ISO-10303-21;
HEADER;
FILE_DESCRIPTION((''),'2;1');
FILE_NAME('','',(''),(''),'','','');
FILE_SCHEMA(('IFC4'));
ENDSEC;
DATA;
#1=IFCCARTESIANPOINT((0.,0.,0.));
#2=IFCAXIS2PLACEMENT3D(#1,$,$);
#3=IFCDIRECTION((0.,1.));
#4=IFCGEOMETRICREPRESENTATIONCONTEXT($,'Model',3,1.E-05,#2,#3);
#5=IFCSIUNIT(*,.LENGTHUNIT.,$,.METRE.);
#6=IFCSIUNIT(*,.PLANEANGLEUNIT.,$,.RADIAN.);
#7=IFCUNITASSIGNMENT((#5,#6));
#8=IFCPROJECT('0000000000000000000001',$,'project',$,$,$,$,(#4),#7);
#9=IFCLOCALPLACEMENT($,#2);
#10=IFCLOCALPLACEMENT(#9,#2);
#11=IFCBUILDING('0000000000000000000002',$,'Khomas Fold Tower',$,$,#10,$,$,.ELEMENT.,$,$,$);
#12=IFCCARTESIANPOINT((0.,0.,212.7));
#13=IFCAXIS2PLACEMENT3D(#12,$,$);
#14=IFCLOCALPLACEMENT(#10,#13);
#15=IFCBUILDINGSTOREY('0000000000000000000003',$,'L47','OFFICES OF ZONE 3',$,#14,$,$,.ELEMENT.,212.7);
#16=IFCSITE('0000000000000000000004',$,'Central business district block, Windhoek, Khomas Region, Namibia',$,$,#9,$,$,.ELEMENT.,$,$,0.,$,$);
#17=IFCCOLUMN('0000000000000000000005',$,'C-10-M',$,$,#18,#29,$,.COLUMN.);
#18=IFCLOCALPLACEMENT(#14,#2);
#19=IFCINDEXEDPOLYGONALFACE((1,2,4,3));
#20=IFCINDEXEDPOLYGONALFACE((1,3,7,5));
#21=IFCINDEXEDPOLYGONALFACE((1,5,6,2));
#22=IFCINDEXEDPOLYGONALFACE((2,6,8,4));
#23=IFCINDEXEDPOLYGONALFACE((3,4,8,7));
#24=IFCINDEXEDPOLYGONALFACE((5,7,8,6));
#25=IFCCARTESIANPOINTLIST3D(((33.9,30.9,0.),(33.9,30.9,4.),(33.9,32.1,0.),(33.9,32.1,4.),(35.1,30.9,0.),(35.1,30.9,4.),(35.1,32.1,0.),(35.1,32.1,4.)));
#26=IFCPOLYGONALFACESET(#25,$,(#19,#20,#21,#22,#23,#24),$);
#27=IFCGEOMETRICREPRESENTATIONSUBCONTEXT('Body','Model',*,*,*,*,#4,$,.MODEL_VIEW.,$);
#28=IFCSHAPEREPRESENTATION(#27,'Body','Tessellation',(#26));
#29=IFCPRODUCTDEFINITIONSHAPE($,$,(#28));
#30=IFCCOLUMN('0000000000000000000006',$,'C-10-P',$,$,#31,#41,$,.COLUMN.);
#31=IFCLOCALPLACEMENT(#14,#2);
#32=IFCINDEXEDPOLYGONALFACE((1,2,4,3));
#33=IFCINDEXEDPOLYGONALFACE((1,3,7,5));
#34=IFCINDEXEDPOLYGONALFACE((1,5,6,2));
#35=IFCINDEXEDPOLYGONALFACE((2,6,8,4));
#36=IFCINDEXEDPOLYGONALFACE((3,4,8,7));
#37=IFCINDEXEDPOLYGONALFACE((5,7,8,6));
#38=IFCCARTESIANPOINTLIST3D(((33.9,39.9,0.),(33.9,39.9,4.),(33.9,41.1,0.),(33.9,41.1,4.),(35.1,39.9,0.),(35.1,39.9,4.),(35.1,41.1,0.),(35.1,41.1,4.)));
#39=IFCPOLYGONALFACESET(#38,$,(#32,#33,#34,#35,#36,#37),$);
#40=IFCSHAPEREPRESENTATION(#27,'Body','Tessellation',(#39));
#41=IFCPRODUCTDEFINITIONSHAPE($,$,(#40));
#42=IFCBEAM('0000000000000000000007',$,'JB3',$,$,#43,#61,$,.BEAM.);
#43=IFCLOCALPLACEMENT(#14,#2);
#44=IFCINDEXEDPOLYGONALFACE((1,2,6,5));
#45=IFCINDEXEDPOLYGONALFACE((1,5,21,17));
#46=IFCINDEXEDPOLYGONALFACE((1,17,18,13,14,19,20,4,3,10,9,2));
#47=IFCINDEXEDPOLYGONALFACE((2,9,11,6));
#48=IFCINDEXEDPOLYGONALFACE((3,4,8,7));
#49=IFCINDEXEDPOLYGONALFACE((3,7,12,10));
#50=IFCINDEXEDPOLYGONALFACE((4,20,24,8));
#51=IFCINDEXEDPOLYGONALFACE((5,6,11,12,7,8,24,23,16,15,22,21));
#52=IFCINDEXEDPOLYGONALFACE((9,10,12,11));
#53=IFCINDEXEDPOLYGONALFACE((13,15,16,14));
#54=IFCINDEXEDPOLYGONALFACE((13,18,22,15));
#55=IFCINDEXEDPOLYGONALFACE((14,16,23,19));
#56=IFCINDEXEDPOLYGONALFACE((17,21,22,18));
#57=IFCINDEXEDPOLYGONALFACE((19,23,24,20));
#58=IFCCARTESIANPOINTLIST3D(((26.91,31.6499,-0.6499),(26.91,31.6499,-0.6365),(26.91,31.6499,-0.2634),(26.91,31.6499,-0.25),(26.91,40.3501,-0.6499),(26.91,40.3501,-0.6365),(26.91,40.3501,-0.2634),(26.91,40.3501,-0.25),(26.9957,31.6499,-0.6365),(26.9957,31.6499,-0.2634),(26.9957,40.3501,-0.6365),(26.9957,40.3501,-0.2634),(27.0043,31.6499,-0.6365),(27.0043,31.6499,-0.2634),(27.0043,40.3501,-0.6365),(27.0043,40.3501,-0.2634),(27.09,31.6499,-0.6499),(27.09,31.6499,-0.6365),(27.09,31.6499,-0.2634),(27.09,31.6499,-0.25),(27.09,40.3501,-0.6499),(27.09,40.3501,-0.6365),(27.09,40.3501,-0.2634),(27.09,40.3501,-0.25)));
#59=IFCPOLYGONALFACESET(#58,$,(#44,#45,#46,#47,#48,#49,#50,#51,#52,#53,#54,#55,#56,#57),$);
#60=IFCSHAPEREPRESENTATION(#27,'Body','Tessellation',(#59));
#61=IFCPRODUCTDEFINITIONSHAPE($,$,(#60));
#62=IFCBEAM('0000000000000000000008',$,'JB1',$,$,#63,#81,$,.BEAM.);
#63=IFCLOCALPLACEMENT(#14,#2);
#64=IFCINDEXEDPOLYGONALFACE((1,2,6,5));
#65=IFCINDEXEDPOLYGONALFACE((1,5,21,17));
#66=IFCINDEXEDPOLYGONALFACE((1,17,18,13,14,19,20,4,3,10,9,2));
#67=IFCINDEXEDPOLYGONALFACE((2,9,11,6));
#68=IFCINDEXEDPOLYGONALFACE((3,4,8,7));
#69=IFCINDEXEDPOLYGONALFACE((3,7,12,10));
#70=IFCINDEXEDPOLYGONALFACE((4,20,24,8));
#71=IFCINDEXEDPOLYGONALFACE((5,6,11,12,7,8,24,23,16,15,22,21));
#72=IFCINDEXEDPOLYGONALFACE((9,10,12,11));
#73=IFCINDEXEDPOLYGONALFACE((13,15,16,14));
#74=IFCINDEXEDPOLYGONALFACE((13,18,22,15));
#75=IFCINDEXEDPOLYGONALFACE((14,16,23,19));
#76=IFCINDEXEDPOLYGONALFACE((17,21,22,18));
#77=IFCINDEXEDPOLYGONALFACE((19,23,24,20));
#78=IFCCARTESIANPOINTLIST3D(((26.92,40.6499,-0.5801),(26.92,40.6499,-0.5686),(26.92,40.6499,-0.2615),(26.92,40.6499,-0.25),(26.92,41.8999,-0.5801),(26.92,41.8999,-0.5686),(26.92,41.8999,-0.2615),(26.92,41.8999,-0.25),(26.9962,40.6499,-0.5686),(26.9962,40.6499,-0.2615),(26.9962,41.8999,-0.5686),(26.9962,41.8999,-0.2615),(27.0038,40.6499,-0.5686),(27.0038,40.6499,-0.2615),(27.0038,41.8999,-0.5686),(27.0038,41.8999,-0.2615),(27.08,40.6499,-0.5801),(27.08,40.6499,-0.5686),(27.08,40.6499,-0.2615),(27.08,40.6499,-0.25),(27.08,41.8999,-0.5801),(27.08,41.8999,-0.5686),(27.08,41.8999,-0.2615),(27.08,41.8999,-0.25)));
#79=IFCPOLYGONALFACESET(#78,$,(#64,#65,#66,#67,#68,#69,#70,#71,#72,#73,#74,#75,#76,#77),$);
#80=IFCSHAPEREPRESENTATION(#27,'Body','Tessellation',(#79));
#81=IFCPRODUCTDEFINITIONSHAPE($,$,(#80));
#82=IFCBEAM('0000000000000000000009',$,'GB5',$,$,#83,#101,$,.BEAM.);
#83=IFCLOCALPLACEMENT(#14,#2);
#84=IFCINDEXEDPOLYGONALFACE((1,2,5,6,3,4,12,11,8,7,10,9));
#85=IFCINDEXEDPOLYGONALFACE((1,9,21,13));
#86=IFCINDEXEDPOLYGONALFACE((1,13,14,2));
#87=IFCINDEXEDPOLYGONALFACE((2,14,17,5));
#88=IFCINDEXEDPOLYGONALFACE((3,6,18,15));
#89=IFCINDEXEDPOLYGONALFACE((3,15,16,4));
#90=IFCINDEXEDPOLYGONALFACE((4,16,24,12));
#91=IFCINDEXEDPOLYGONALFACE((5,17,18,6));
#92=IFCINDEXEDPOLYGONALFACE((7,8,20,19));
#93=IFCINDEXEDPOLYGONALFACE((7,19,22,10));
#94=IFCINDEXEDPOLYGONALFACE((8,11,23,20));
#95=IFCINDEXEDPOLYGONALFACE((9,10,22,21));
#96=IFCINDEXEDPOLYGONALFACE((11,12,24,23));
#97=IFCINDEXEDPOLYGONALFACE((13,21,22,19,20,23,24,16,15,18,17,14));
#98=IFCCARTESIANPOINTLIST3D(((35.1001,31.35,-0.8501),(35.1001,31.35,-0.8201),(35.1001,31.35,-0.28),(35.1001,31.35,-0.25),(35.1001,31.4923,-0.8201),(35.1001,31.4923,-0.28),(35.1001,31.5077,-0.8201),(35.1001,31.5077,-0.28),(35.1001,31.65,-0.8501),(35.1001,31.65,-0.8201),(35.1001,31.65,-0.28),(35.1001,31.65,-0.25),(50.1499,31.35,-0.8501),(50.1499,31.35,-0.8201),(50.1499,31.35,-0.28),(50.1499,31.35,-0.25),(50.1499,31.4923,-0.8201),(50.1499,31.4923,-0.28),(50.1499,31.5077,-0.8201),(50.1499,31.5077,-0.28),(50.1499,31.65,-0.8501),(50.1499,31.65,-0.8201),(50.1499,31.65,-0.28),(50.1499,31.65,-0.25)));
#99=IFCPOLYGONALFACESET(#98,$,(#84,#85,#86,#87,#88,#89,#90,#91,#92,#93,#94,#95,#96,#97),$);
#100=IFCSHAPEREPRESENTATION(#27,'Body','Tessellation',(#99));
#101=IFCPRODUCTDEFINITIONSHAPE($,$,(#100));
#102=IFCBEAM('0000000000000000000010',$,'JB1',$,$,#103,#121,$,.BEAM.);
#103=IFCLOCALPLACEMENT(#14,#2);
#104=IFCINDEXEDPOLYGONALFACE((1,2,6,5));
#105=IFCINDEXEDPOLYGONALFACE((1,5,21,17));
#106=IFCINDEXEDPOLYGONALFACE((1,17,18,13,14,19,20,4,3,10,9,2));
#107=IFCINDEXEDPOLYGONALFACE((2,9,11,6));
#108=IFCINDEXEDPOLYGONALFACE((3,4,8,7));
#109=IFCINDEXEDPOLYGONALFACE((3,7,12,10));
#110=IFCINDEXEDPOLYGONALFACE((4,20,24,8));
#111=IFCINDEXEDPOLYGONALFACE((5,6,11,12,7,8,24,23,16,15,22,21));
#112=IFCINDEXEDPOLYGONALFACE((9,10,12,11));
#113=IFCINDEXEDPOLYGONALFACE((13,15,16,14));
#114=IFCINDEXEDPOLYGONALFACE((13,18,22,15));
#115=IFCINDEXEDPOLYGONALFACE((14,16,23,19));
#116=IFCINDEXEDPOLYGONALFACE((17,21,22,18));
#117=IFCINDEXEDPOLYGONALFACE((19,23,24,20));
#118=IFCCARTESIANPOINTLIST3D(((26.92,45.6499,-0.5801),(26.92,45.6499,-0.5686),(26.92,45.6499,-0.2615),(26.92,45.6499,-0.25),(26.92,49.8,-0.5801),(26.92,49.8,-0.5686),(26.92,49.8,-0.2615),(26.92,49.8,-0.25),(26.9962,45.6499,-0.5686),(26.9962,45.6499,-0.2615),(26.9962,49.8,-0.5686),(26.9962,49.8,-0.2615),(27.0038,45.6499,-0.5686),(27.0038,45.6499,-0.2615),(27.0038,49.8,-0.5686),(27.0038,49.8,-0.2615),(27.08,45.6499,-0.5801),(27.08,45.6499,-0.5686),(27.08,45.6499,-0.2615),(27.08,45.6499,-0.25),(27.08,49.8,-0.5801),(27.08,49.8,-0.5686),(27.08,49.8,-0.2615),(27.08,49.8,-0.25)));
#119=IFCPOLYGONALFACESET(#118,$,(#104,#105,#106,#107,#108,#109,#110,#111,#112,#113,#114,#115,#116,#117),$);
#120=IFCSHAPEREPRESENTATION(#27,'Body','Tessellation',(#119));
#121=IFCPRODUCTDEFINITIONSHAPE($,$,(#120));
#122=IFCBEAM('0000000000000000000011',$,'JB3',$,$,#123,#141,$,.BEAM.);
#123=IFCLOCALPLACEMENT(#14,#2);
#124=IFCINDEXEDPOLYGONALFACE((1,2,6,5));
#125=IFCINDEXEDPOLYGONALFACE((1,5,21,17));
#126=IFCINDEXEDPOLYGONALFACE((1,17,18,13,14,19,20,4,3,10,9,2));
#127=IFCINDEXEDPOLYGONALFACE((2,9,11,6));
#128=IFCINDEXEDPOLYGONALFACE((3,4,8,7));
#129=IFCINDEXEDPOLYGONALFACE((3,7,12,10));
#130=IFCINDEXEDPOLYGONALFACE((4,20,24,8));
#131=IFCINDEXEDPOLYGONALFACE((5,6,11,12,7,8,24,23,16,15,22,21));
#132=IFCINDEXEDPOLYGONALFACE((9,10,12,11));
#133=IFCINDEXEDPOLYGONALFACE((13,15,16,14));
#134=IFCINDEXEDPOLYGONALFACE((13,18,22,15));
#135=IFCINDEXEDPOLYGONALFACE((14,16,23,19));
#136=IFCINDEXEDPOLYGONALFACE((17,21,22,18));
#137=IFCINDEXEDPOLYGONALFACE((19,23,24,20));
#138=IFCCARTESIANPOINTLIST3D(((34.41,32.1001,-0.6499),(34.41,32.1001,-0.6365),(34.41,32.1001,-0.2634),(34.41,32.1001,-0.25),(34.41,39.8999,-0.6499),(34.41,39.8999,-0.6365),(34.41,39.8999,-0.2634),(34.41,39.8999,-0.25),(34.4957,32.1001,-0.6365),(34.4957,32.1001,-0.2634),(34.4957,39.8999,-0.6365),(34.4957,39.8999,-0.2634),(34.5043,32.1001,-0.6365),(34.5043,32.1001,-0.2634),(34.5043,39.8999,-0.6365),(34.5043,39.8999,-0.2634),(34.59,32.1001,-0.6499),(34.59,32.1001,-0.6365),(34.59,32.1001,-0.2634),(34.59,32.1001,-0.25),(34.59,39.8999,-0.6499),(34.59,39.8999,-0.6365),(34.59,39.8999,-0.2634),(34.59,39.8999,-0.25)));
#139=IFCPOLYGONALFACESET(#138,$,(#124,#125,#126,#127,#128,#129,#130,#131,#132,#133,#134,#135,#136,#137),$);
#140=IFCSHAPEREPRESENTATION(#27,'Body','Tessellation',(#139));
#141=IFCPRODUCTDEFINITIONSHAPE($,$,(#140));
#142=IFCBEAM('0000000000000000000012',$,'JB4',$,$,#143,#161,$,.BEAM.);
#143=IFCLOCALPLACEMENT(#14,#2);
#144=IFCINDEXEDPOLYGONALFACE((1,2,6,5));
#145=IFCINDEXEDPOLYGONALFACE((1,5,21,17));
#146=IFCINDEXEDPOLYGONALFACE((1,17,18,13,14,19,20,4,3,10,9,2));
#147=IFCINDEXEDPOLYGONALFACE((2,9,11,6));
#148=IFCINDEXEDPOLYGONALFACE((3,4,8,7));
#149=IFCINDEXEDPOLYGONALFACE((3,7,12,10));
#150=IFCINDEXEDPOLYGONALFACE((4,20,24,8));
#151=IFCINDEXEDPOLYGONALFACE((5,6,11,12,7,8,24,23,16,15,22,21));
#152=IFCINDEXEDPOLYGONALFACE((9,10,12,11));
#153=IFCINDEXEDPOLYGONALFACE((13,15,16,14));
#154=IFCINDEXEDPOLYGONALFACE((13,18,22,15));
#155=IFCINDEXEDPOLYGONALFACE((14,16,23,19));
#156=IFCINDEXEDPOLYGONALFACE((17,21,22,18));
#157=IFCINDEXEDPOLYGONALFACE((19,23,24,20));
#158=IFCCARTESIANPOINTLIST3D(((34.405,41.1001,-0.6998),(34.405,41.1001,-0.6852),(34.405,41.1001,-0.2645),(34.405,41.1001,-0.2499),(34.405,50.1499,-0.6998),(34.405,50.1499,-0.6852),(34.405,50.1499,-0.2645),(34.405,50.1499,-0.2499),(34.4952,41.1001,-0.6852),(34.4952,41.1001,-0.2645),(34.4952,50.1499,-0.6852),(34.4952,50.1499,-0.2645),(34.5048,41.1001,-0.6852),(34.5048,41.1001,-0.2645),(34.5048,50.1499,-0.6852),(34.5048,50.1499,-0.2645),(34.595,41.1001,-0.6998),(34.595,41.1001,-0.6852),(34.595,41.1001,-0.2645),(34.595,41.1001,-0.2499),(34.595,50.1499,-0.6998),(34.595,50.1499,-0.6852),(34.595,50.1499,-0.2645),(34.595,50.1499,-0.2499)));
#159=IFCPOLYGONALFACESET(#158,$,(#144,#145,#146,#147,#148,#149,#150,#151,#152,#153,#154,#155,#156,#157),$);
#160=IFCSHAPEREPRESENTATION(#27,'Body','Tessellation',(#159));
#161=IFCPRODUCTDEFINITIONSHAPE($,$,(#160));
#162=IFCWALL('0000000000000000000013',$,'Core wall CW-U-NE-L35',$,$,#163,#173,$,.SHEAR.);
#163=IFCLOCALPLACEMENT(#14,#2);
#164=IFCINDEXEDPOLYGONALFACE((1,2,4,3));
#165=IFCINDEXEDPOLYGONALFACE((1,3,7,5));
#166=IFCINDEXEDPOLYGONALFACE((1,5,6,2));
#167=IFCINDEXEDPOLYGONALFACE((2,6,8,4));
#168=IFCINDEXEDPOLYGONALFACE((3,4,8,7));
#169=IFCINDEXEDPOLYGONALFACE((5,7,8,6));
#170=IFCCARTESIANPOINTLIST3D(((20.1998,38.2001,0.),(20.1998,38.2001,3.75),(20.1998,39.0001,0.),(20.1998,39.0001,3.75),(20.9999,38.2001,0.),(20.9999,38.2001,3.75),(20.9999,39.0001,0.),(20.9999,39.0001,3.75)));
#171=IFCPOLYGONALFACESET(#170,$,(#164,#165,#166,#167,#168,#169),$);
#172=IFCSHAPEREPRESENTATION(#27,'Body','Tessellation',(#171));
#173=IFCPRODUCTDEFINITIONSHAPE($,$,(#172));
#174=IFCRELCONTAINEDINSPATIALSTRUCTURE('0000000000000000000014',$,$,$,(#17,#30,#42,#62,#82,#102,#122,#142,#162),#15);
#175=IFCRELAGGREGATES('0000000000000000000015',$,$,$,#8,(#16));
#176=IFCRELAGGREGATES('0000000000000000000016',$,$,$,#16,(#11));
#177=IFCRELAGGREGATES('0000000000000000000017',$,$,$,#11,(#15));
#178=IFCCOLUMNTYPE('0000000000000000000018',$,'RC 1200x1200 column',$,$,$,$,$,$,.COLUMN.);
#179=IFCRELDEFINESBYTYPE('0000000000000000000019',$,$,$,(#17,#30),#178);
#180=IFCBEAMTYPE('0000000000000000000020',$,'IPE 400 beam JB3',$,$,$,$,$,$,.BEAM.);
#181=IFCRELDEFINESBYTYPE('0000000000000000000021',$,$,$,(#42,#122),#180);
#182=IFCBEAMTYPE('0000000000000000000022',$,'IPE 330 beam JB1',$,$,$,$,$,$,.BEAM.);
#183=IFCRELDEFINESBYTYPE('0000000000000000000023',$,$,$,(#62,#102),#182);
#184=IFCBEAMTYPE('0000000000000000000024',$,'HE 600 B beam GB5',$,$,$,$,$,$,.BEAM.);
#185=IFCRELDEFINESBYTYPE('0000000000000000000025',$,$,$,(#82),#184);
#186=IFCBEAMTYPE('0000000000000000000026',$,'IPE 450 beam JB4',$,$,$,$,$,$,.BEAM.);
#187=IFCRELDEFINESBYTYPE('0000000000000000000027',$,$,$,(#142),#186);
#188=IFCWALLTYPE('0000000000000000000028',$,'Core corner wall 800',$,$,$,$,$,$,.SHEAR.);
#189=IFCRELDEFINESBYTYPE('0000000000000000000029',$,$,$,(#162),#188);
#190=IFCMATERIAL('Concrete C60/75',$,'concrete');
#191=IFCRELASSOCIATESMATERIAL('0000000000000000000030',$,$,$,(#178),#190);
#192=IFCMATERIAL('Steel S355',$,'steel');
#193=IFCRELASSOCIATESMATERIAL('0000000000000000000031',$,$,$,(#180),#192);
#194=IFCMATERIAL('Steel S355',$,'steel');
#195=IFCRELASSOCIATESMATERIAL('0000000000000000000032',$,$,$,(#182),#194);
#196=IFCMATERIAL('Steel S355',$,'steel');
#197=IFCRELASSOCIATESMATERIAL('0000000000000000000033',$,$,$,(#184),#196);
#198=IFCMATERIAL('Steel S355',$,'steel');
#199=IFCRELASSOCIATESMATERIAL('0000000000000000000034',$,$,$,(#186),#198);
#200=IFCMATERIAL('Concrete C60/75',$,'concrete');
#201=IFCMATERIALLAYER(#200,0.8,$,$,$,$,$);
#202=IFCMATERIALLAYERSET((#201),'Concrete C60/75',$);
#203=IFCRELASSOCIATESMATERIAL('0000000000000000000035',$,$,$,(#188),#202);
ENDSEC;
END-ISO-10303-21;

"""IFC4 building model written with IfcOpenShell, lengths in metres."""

from ifc_helpers import new_model, si_unit, direction, frame, frame_2d, origin, origin_2d, place, context, subcontext, project, spatial, rectangle, i_section, extrude, source, transform, mapped, material, layer, layer_set, material_profile, profile_set, type_object, element, save


model = new_model("IFC4")

# Units and contexts
model_context = context("Model", 3, precision=1e-05, world=origin(), true_north=direction((0.0, 1.0)))
body_context = subcontext(model_context, "Body", "Model", "MODEL_VIEW")
ifc_project = project(units=[si_unit("LENGTHUNIT", "METRE"), si_unit("PLANEANGLEUNIT", "RADIAN")], contexts=[model_context])

# Site, building, storey
site_placement = place(None, origin())
site = spatial("IfcSite", under=ifc_project, at=site_placement, Name="Central business district block, Windhoek, Khomas Region, Namibia", CompositionType="ELEMENT", RefElevation=0.0)
building_placement = place(site_placement, origin())
building = spatial("IfcBuilding", under=site, at=building_placement, Name="Khomas Fold Tower", CompositionType="ELEMENT")
storey_placement = place(building_placement, frame((0.0, 0.0, 212.7)))
storey = spatial("IfcBuildingStorey", under=building, at=storey_placement, Name="L47", Description="OFFICES OF ZONE 3", CompositionType="ELEMENT", Elevation=212.7)

# Columns
ifc_material_1 = material(Name="Concrete C60/75", Category="concrete")
ifc_material_profile_1 = material_profile(ifc_material_1, rectangle(XDim=1.2, YDim=1.2, at=origin_2d()), Name="RC 1200x1200")
ifc_profile_set_1 = profile_set([ifc_material_profile_1], Name="Concrete C60/75")
column_type = type_object("IfcColumnType", Name="RC 1200x1200 column", PredefinedType="COLUMN", material=ifc_profile_set_1)
shared_shape_1 = source(origin(), body_context, "Body", "SweptSolid", [
    extrude(rectangle(XDim=1.2, YDim=1.2, at=origin_2d()), origin(), (0.0, 0.0, 1.0), 4.0),
])
for number, where, z_axis, x_axis, name in (
    (1, (34.5, 31.5, 0.0), (0.0, 0.0, 1.0), (1.0, 0.0, 0.0), "C-10-M"),
    (2, (34.5, 40.5, 0.0), (0.0, 0.0, 1.0), (1.0, 0.0, 0.0), "C-10-P"),
):
    element("IfcColumn", number, at=place(storey_placement, frame(where, z_axis=z_axis, x_axis=x_axis)), inside=storey, type_object=column_type, Name=name, PredefinedType="COLUMN", context=body_context, shape_type="MappedRepresentation", body=[
        mapped(shared_shape_1, transform((0.0, 0.0, 0.0))),
    ])

# Beams
ifc_material_2 = material(Name="Steel S355", Category="steel")
ifc_material_profile_2 = material_profile(ifc_material_2, i_section(OverallWidth=0.1799, OverallDepth=0.3999, WebThickness=0.0085, FlangeThickness=0.0134, at=origin_2d()), Name="IPE 400")
ifc_profile_set_2 = profile_set([ifc_material_profile_2], Name="Steel S355")
beam_type_1 = type_object("IfcBeamType", Name="IPE 400 beam JB3", PredefinedType="BEAM", material=ifc_profile_set_2)
shared_shape_2 = source(origin(), body_context, "Body", "SweptSolid", [
    extrude(i_section(OverallWidth=0.1799, OverallDepth=0.3999, WebThickness=0.0085, FlangeThickness=0.0134, at=origin_2d()), origin(), (0.0, 0.0, 1.0), 8.7002),
])
beam_1_placement = place(storey_placement, frame((27.0, 31.6499, -0.45), z_axis=(0.0, 1.0, 0.0), x_axis=(-1.0, 0.0, 0.0)))
element("IfcBeam", 3, at=beam_1_placement, inside=storey, type_object=beam_type_1, Name="JB3", PredefinedType="BEAM", context=body_context, shape_type="MappedRepresentation", body=[
    mapped(shared_shape_2, transform((0.0, 0.0, 0.0))),
])
ifc_material_3 = material(Name="Steel S355", Category="steel")
ifc_material_profile_3 = material_profile(ifc_material_3, i_section(OverallWidth=0.1599, OverallDepth=0.3301, WebThickness=0.0076, FlangeThickness=0.0115, at=origin_2d()), Name="IPE 330")
ifc_profile_set_3 = profile_set([ifc_material_profile_3], Name="Steel S355")
beam_type_2 = type_object("IfcBeamType", Name="IPE 330 beam JB1", PredefinedType="BEAM", material=ifc_profile_set_3)
shared_shape_3 = source(origin(), body_context, "Body", "SweptSolid", [
    extrude(i_section(OverallWidth=0.1599, OverallDepth=0.3301, WebThickness=0.0076, FlangeThickness=0.0115, at=origin_2d()), origin(), (0.0, 0.0, 1.0), 1.25),
])
beam_2_placement = place(storey_placement, frame((27.0, 40.6499, -0.415), z_axis=(0.0, 1.0, 0.0), x_axis=(-1.0, 0.0, 0.0)))
element("IfcBeam", 4, at=beam_2_placement, inside=storey, type_object=beam_type_2, Name="JB1", PredefinedType="BEAM", context=body_context, shape_type="MappedRepresentation", body=[
    mapped(shared_shape_3, transform((0.0, 0.0, 0.0))),
])
ifc_material_4 = material(Name="Steel S355", Category="steel")
ifc_material_profile_4 = material_profile(ifc_material_4, i_section(OverallWidth=0.3, OverallDepth=0.6001, WebThickness=0.0154, FlangeThickness=0.03, at=origin_2d()), Name="HE 600 B")
ifc_profile_set_4 = profile_set([ifc_material_profile_4], Name="Steel S355")
beam_type_3 = type_object("IfcBeamType", Name="HE 600 B beam GB5", PredefinedType="BEAM", material=ifc_profile_set_4)
shared_shape_4 = source(origin(), body_context, "Body", "SweptSolid", [
    extrude(i_section(OverallWidth=0.3, OverallDepth=0.6001, WebThickness=0.0154, FlangeThickness=0.03, at=origin_2d()), origin(), (0.0, 0.0, 1.0), 15.0498),
])
beam_3_placement = place(storey_placement, frame((35.1001, 31.5, -0.55), z_axis=(1.0, 0.0, 0.0), x_axis=(0.0, 1.0, 0.0)))
element("IfcBeam", 5, at=beam_3_placement, inside=storey, type_object=beam_type_3, Name="GB5", PredefinedType="BEAM", context=body_context, shape_type="MappedRepresentation", body=[
    mapped(shared_shape_4, transform((0.0, 0.0, 0.0))),
])
shared_shape_5 = source(origin(), body_context, "Body", "SweptSolid", [
    extrude(i_section(OverallWidth=0.1599, OverallDepth=0.3301, WebThickness=0.0076, FlangeThickness=0.0115, at=origin_2d()), origin(), (0.0, 0.0, 1.0), 4.1501),
])
beam_4_placement = place(storey_placement, frame((27.0, 45.6499, -0.415), z_axis=(0.0, 1.0, 0.0), x_axis=(-1.0, 0.0, 0.0)))
element("IfcBeam", 6, at=beam_4_placement, inside=storey, type_object=beam_type_2, Name="JB1", PredefinedType="BEAM", context=body_context, shape_type="MappedRepresentation", body=[
    mapped(shared_shape_5, transform((0.0, 0.0, 0.0))),
])
shared_shape_6 = source(origin(), body_context, "Body", "SweptSolid", [
    extrude(i_section(OverallWidth=0.1799, OverallDepth=0.3999, WebThickness=0.0085, FlangeThickness=0.0134, at=origin_2d()), origin(), (0.0, 0.0, 1.0), 7.7998),
])
beam_5_placement = place(storey_placement, frame((34.5, 32.1001, -0.45), z_axis=(0.0, 1.0, 0.0), x_axis=(-1.0, 0.0, 0.0)))
element("IfcBeam", 7, at=beam_5_placement, inside=storey, type_object=beam_type_1, Name="JB3", PredefinedType="BEAM", context=body_context, shape_type="MappedRepresentation", body=[
    mapped(shared_shape_6, transform((0.0, 0.0, 0.0))),
])
ifc_material_5 = material(Name="Steel S355", Category="steel")
ifc_material_profile_5 = material_profile(ifc_material_5, i_section(OverallWidth=0.1899, OverallDepth=0.45, WebThickness=0.0095, FlangeThickness=0.0146, at=origin_2d()), Name="IPE 450")
ifc_profile_set_5 = profile_set([ifc_material_profile_5], Name="Steel S355")
beam_type_4 = type_object("IfcBeamType", Name="IPE 450 beam JB4", PredefinedType="BEAM", material=ifc_profile_set_5)
shared_shape_7 = source(origin(), body_context, "Body", "SweptSolid", [
    extrude(i_section(OverallWidth=0.1899, OverallDepth=0.45, WebThickness=0.0095, FlangeThickness=0.0146, at=origin_2d()), origin(), (0.0, 0.0, 1.0), 9.0498),
])
beam_6_placement = place(storey_placement, frame((34.5, 41.1001, -0.4749), z_axis=(0.0, 1.0, 0.0), x_axis=(-1.0, 0.0, 0.0)))
element("IfcBeam", 8, at=beam_6_placement, inside=storey, type_object=beam_type_4, Name="JB4", PredefinedType="BEAM", context=body_context, shape_type="MappedRepresentation", body=[
    mapped(shared_shape_7, transform((0.0, 0.0, 0.0))),
])

# Wall
ifc_material_6 = material(Name="Concrete C60/75", Category="concrete")
ifc_layer_1 = layer(ifc_material_6, 0.8)
ifc_layer_set_1 = layer_set([ifc_layer_1], Name="Concrete C60/75")
wall_type_1 = type_object("IfcWallType", Name="Core corner wall 800", PredefinedType="SHEAR", material=ifc_layer_set_1)
shared_shape_8 = source(origin(), body_context, "Body", "SweptSolid", [
    extrude(rectangle(XDim=0.8, YDim=0.8, at=frame_2d((0.3999, 0.0))), origin(), (0.0, 0.0, 1.0), 3.75),
])
wall_1_placement = place(storey_placement, frame((20.2, 38.6001, 0.0), z_axis=(0.0, 0.0, 1.0), x_axis=(1.0, 0.0, 0.0)))
element("IfcWall", 9, at=wall_1_placement, inside=storey, type_object=wall_type_1, Name="Core wall CW-U-NE-L35", PredefinedType="SHEAR", context=body_context, shape_type="MappedRepresentation", body=[
    mapped(shared_shape_8, transform((0.0, 0.0, 0.0))),
])

save(model, "model.ifc")
